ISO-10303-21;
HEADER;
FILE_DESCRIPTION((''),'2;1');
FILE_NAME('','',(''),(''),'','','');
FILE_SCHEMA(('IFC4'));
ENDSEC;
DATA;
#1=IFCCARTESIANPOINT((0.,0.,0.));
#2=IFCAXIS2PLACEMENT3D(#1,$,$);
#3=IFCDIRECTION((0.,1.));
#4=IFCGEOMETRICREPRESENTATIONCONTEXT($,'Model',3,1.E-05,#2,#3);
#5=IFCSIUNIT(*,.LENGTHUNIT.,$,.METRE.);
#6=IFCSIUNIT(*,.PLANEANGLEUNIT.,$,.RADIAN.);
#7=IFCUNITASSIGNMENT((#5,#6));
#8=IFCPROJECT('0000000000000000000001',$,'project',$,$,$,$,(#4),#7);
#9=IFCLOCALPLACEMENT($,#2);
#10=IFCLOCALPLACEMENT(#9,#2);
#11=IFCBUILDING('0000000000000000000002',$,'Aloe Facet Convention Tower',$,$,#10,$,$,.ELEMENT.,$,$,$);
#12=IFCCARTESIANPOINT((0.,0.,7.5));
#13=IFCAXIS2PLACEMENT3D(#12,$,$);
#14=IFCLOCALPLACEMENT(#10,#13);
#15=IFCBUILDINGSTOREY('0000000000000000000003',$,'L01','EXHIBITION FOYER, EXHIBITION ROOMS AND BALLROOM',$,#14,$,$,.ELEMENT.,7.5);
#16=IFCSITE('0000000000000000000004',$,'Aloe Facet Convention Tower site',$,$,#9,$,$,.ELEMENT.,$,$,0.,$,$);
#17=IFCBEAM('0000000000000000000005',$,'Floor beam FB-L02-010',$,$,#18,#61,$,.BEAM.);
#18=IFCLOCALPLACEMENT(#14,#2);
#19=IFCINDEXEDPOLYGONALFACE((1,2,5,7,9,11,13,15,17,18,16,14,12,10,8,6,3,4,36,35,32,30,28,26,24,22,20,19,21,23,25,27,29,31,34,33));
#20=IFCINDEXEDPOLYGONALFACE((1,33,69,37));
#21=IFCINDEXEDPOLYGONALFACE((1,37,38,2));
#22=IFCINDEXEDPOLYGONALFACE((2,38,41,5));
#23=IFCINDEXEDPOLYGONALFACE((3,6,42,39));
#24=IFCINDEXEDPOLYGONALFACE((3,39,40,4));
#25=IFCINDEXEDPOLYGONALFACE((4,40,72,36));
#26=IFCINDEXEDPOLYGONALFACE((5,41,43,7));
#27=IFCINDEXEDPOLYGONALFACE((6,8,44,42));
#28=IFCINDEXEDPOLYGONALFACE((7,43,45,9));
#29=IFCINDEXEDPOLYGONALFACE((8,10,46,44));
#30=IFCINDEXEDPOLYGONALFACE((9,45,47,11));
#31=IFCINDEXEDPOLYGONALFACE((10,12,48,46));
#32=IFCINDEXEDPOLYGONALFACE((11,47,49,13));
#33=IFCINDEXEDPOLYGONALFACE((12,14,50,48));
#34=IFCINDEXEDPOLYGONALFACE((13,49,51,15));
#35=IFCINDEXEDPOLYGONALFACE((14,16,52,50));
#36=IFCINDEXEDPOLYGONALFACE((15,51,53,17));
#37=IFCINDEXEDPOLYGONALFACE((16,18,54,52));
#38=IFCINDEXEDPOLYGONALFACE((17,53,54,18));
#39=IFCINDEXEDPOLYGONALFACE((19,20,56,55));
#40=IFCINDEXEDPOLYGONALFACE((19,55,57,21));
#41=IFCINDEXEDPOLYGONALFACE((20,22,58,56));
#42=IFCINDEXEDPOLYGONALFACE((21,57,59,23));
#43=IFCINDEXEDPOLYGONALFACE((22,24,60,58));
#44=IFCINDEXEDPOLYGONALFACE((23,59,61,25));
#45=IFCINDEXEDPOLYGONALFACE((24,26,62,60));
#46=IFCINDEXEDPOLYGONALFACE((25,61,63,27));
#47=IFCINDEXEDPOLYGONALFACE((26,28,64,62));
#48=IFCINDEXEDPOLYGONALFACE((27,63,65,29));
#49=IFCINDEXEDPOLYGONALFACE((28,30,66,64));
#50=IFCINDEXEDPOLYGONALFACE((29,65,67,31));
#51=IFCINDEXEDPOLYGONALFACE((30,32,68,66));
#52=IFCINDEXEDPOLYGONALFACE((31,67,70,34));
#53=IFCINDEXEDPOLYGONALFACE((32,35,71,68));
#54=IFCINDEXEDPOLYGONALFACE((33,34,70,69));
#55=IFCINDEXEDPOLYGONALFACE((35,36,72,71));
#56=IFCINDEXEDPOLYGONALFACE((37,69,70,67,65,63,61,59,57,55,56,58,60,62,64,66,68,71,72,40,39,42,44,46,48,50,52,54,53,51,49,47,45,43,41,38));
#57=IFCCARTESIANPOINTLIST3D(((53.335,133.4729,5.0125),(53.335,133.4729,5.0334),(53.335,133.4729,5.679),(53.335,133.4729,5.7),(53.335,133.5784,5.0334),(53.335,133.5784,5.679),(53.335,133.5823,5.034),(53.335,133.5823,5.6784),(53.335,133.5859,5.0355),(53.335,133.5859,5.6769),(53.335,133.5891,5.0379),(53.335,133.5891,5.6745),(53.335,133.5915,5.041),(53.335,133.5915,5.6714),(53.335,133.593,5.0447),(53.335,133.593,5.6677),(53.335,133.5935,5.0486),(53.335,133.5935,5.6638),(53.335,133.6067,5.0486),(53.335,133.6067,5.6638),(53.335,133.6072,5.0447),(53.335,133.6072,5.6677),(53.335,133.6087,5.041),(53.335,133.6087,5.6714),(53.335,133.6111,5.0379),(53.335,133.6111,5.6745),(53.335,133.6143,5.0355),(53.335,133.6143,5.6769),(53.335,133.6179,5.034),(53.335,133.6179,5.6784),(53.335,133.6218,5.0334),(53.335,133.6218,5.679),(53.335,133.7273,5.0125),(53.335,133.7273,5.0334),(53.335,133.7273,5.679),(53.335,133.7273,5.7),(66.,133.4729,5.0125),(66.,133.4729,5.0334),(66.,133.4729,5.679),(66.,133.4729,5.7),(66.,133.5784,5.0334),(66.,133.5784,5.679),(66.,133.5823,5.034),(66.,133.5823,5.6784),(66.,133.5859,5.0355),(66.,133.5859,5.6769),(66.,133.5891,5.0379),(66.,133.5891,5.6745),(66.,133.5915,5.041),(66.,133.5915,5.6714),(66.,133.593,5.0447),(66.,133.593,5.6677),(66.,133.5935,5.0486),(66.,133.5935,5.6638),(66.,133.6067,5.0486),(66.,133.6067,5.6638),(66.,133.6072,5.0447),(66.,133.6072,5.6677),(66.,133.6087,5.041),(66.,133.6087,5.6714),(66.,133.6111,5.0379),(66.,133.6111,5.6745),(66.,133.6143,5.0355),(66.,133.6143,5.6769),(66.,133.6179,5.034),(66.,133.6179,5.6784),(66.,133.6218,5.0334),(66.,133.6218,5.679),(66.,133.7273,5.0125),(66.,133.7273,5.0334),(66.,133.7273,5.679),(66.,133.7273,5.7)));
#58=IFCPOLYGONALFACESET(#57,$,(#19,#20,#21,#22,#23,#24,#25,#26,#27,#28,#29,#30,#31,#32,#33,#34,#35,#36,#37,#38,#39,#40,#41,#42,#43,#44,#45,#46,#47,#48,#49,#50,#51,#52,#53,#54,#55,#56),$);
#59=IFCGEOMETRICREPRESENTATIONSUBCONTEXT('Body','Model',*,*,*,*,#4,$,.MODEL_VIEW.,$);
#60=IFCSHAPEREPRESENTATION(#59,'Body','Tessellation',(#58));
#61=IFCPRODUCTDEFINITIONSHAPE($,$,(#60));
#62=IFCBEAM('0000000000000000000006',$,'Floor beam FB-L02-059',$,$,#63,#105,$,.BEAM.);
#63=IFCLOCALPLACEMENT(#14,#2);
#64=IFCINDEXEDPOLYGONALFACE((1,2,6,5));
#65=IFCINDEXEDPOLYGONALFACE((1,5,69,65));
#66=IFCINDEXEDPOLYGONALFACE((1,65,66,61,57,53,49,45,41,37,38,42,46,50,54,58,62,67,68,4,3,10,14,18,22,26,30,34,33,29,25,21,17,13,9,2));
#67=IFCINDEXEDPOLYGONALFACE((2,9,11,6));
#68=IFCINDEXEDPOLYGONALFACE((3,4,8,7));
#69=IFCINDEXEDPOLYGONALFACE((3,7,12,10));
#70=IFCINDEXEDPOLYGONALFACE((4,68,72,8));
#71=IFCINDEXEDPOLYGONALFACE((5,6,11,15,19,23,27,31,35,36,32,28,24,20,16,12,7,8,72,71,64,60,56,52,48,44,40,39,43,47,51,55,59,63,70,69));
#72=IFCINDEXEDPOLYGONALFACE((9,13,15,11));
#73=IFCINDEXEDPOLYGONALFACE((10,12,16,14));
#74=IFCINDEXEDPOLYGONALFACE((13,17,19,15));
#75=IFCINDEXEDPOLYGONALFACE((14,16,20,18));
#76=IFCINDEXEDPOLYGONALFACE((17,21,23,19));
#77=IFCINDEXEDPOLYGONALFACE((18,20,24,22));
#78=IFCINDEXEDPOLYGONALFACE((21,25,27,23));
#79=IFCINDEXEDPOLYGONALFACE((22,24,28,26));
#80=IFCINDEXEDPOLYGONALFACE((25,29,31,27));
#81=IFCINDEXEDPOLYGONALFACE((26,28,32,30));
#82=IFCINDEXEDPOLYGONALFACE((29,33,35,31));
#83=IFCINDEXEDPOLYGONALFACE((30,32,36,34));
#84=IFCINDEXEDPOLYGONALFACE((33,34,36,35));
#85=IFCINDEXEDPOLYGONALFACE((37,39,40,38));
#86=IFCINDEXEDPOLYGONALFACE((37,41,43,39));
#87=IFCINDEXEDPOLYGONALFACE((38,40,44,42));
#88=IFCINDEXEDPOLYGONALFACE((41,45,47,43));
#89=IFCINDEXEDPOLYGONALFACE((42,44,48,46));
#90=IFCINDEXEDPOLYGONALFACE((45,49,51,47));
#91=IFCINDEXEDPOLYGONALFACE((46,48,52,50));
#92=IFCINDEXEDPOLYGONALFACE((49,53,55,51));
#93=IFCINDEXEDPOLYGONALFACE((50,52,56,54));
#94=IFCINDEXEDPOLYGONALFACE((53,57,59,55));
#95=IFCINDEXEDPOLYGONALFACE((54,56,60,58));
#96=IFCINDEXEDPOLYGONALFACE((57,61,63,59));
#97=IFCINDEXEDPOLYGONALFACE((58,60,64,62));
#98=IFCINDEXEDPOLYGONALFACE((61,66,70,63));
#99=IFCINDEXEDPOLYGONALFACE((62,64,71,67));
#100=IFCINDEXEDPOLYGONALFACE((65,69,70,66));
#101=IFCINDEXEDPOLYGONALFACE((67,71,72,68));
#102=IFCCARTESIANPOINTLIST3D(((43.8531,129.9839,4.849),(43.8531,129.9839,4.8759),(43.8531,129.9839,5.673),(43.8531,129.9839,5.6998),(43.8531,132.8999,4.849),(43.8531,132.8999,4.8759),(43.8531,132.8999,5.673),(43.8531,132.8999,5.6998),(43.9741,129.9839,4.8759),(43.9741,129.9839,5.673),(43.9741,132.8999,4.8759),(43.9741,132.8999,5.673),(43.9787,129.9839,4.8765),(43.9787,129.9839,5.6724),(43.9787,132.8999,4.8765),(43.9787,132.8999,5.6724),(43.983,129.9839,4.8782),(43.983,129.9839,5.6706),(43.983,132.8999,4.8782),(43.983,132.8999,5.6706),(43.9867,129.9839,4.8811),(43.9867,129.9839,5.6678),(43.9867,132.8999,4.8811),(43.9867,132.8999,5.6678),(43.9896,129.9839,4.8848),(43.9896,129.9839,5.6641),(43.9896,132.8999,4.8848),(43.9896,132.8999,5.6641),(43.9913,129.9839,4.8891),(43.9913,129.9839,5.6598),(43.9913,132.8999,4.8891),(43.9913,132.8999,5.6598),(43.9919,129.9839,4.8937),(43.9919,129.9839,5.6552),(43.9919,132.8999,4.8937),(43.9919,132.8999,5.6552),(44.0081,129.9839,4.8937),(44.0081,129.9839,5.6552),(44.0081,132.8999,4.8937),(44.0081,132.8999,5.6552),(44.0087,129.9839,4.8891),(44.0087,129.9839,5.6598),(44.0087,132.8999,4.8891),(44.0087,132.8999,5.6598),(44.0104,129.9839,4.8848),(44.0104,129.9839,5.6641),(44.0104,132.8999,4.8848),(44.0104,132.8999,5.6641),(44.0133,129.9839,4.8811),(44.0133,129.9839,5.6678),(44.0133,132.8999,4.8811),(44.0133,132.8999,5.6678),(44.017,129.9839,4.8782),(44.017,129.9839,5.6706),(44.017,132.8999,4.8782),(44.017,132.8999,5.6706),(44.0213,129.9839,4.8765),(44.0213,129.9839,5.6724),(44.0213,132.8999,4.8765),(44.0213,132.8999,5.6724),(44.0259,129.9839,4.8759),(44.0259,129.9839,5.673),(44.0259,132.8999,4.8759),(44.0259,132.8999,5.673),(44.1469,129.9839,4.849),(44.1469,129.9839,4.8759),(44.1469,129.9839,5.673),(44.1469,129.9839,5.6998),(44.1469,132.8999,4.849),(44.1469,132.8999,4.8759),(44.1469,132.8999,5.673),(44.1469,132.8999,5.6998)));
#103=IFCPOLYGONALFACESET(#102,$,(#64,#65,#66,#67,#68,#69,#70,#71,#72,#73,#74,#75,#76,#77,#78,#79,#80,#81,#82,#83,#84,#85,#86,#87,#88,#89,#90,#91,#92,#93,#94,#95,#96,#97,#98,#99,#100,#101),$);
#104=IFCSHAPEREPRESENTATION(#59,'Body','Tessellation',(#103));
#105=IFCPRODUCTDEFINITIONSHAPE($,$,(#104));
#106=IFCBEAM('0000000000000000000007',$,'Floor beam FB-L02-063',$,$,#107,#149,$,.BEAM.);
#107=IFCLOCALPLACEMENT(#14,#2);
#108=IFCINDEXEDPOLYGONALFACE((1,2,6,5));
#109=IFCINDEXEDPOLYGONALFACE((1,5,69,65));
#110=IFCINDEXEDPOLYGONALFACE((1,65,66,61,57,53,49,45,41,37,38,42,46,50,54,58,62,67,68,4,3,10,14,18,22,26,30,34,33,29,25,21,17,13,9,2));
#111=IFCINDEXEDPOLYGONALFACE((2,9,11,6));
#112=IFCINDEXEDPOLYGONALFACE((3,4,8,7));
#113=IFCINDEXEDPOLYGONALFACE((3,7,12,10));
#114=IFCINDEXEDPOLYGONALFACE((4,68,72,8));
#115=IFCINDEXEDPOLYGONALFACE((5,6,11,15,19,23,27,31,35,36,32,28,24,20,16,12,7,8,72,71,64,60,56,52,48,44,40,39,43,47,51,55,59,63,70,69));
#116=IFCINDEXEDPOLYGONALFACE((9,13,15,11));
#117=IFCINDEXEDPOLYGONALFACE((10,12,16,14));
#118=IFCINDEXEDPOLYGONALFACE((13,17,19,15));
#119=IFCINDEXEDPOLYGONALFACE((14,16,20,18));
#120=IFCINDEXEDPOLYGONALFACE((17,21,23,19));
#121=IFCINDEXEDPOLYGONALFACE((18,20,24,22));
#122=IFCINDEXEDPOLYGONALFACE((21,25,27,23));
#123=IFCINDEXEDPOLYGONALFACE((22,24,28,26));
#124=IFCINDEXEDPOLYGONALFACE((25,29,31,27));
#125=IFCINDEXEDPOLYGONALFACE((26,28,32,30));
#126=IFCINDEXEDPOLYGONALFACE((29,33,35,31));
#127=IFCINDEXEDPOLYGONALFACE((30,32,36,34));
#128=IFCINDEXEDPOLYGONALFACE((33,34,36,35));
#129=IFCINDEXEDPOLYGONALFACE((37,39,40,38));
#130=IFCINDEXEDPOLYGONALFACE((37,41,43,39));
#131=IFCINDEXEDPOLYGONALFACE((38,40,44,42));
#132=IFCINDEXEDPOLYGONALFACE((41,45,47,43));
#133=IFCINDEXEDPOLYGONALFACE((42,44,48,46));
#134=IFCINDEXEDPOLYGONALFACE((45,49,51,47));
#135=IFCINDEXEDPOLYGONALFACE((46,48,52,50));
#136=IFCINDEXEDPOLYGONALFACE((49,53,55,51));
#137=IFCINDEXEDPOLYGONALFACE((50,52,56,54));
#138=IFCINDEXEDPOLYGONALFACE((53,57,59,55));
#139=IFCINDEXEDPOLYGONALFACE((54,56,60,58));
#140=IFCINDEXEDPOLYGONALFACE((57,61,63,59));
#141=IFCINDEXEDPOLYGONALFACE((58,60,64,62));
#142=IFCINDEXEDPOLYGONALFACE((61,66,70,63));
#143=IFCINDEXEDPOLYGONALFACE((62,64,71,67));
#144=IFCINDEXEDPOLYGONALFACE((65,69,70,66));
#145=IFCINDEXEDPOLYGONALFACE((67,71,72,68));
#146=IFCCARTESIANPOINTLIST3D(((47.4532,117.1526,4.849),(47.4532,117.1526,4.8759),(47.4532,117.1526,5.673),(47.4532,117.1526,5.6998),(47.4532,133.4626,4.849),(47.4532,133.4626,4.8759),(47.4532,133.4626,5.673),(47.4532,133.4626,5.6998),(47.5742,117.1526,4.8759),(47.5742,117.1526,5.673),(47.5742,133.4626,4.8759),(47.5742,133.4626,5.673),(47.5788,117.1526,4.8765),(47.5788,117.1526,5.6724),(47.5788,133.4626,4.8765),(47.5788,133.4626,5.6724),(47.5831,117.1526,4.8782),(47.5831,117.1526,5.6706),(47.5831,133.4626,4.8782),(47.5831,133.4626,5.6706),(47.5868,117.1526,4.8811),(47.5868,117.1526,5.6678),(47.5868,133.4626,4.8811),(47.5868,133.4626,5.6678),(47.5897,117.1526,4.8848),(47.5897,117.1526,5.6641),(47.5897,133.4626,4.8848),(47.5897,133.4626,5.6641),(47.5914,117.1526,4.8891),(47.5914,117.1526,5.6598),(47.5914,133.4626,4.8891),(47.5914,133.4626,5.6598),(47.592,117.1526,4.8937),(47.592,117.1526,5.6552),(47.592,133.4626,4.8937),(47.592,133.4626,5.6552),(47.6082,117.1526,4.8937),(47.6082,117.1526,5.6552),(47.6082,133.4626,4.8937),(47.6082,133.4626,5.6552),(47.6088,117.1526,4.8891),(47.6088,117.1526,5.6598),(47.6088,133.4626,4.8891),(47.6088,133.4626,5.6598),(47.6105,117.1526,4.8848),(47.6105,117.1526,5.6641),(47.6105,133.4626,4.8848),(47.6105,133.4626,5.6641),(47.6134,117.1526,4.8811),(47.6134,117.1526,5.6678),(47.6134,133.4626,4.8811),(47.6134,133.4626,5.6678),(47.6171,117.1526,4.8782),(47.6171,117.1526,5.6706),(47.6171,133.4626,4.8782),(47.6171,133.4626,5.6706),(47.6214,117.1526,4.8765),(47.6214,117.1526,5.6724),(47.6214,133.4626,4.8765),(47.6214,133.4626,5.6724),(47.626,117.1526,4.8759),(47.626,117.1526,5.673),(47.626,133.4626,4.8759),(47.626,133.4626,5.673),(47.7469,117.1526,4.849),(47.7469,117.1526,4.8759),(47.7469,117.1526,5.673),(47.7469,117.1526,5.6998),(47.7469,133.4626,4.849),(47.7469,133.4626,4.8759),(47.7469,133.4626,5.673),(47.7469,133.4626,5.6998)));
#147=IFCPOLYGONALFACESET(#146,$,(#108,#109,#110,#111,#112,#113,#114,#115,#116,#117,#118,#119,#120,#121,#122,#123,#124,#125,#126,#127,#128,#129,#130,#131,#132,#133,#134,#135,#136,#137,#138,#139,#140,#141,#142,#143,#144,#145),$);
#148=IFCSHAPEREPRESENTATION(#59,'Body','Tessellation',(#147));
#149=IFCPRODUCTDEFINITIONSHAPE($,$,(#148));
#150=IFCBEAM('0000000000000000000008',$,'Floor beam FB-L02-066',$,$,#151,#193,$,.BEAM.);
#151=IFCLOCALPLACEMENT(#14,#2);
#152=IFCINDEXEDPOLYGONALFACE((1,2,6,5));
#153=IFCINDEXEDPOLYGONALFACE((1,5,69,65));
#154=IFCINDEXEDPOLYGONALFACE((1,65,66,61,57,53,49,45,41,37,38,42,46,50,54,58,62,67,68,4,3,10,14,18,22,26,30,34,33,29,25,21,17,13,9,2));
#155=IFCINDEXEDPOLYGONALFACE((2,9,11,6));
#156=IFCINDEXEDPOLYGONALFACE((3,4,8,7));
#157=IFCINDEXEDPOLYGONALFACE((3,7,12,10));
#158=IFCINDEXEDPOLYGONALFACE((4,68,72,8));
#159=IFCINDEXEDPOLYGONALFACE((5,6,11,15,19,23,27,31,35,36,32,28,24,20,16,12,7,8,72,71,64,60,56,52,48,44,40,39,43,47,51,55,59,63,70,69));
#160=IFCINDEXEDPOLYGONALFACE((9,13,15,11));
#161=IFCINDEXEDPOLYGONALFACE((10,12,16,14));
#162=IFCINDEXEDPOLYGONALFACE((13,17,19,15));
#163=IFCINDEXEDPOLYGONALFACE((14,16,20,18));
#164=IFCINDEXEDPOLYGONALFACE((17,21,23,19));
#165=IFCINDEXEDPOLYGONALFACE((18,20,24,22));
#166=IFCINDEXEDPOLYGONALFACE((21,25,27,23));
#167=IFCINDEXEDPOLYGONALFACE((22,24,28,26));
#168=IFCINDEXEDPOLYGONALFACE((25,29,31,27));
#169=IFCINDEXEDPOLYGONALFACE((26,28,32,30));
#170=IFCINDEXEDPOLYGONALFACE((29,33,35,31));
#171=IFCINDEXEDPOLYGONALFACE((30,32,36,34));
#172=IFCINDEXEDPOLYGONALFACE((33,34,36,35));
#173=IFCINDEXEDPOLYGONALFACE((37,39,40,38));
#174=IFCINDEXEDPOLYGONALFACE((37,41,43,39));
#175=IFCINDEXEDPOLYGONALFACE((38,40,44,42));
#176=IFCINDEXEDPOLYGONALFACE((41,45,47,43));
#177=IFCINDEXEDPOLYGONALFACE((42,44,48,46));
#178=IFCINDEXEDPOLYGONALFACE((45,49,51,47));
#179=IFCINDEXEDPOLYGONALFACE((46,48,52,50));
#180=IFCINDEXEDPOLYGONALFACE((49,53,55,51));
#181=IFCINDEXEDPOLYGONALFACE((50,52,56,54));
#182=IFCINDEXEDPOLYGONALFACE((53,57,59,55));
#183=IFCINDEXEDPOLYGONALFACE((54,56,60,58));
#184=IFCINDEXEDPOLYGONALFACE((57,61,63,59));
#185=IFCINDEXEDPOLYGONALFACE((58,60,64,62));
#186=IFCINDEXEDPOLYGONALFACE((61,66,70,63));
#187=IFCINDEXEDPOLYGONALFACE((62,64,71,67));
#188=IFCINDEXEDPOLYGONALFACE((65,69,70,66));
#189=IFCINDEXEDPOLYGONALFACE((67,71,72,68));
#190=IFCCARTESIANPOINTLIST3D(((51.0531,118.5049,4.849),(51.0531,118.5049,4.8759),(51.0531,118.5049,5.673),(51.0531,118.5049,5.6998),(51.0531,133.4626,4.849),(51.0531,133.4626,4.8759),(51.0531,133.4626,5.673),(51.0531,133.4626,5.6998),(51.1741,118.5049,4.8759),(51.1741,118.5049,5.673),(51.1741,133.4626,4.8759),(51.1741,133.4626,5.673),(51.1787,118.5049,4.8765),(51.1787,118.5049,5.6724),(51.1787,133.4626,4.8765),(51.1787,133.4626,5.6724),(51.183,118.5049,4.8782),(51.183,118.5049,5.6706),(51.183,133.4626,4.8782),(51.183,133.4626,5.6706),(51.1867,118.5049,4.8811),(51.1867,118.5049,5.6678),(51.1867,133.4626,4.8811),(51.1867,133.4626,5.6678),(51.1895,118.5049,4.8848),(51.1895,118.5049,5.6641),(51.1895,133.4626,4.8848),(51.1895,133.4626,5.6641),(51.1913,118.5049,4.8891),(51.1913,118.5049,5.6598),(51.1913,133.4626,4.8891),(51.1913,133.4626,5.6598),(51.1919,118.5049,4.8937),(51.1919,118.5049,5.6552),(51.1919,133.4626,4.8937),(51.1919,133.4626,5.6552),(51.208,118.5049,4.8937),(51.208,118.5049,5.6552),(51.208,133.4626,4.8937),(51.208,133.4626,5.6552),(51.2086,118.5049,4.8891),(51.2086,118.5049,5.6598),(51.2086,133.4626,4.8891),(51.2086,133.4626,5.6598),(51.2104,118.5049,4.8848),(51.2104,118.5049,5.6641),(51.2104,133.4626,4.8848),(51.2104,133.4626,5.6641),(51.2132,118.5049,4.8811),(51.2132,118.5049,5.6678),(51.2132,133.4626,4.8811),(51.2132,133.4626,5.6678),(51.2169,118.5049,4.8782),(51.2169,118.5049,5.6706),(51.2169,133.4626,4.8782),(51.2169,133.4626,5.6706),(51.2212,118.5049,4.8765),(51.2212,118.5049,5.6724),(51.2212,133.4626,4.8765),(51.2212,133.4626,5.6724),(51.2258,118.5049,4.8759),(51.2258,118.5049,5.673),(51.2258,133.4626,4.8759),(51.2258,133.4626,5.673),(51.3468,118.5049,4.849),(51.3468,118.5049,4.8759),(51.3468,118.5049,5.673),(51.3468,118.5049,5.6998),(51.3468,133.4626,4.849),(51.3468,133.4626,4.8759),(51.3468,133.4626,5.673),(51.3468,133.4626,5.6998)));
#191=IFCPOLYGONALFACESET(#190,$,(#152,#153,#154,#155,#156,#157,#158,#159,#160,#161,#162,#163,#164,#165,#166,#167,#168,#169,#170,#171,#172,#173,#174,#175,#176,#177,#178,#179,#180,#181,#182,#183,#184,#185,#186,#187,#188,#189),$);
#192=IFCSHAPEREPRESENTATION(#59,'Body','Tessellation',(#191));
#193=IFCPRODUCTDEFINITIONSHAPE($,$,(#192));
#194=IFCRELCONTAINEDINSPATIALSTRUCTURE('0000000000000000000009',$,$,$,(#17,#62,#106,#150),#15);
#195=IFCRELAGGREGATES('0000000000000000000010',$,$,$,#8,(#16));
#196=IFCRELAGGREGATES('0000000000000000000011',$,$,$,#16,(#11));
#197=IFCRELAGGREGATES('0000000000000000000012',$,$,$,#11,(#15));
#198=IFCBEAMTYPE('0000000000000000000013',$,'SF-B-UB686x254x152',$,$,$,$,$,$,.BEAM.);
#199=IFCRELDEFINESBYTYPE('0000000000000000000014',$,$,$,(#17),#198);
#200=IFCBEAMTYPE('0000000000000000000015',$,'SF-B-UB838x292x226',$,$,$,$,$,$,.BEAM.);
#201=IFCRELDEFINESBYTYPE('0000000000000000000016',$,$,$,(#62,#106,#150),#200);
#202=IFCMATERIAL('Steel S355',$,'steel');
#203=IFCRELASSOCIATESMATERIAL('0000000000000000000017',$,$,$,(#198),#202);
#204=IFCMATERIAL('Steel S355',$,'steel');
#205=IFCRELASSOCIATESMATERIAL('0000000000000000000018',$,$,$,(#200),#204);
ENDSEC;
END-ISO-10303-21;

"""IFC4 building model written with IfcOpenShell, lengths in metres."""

from ifc_helpers import new_model, si_unit, direction, frame, origin, origin_2d, place, context, subcontext, project, spatial, i_section, extrude, material, material_profile, profile_set, type_object, element, save


model = new_model("IFC4")

# Units and contexts
model_context = context("Model", 3, precision=1e-05, world=origin(), true_north=direction((0.0, 1.0)))
body_context = subcontext(model_context, "Body", "Model", "MODEL_VIEW")
ifc_project = project(units=[si_unit("LENGTHUNIT", "METRE"), si_unit("PLANEANGLEUNIT", "RADIAN")], contexts=[model_context])

# Site, building, storey
site_placement = place(None, origin())
site = spatial("IfcSite", under=ifc_project, at=site_placement, Name="Aloe Facet Convention Tower site", CompositionType="ELEMENT", RefElevation=0.0)
building_placement = place(site_placement, origin())
building = spatial("IfcBuilding", under=site, at=building_placement, Name="Aloe Facet Convention Tower", CompositionType="ELEMENT")
storey_placement = place(building_placement, frame((0.0, 0.0, 7.5)))
storey = spatial("IfcBuildingStorey", under=building, at=storey_placement, Name="L01", Description="EXHIBITION FOYER, EXHIBITION ROOMS AND BALLROOM", CompositionType="ELEMENT", Elevation=7.5)

# Beams
ifc_material_1 = material(Name="Steel S355", Category="steel")
ifc_material_profile_1 = material_profile(ifc_material_1, i_section(OverallWidth=0.2544, OverallDepth=0.6875, WebThickness=0.0132, FlangeThickness=0.021, FilletRadius=0.0151, at=origin_2d()), Name="UB 686x254x152")
ifc_profile_set_1 = profile_set([ifc_material_profile_1], Name="Steel S355")
beam_type_1 = type_object("IfcBeamType", Name="SF-B-UB686x254x152", PredefinedType="BEAM", material=ifc_profile_set_1)
beam_1_placement = place(storey_placement, frame((53.335, 133.6001, 5.3562), z_axis=(1.0, 0.0, 0.0), x_axis=(0.0, 1.0, 0.0)))
element("IfcBeam", 1, at=beam_1_placement, inside=storey, type_object=beam_type_1, Name="Floor beam FB-L02-010", PredefinedType="BEAM", context=body_context, shape_type="SweptSolid", body=[
    extrude(i_section(OverallWidth=0.2544, OverallDepth=0.6875, WebThickness=0.0132, FlangeThickness=0.021, FilletRadius=0.0151, at=origin_2d()), origin(), (0.0, 0.0, 1.0), 12.665),
])
ifc_material_2 = material(Name="Steel S355", Category="steel")
ifc_material_profile_2 = material_profile(ifc_material_2, i_section(OverallWidth=0.2937, OverallDepth=0.8508, WebThickness=0.0161, FlangeThickness=0.0269, FilletRadius=0.0178, at=origin_2d()), Name="UB 838x292x226")
ifc_profile_set_2 = profile_set([ifc_material_profile_2], Name="Steel S355")
beam_type_2 = type_object("IfcBeamType", Name="SF-B-UB838x292x226", PredefinedType="BEAM", material=ifc_profile_set_2)
beam_2_placement = place(storey_placement, frame((44.0, 129.9839, 5.2744), z_axis=(0.0, 1.0, 0.0), x_axis=(-1.0, 0.0, 0.0)))
element("IfcBeam", 2, at=beam_2_placement, inside=storey, type_object=beam_type_2, Name="Floor beam FB-L02-059", PredefinedType="BEAM", context=body_context, shape_type="SweptSolid", body=[
    extrude(i_section(OverallWidth=0.2937, OverallDepth=0.8508, WebThickness=0.0161, FlangeThickness=0.0269, FilletRadius=0.0178, at=origin_2d()), origin(), (0.0, 0.0, 1.0), 2.916),
])
beam_3_placement = place(storey_placement, frame((47.6001, 117.1526, 5.2744), z_axis=(0.0, 1.0, 0.0), x_axis=(-1.0, 0.0, 0.0)))
element("IfcBeam", 3, at=beam_3_placement, inside=storey, type_object=beam_type_2, Name="Floor beam FB-L02-063", PredefinedType="BEAM", context=body_context, shape_type="SweptSolid", body=[
    extrude(i_section(OverallWidth=0.2937, OverallDepth=0.8508, WebThickness=0.0161, FlangeThickness=0.0269, FilletRadius=0.0178, at=origin_2d()), origin(), (0.0, 0.0, 1.0), 16.3101),
])
beam_4_placement = place(storey_placement, frame((51.2, 118.5049, 5.2744), z_axis=(0.0, 1.0, 0.0), x_axis=(-1.0, 0.0, 0.0)))
element("IfcBeam", 4, at=beam_4_placement, inside=storey, type_object=beam_type_2, Name="Floor beam FB-L02-066", PredefinedType="BEAM", context=body_context, shape_type="SweptSolid", body=[
    extrude(i_section(OverallWidth=0.2937, OverallDepth=0.8508, WebThickness=0.0161, FlangeThickness=0.0269, FilletRadius=0.0178, at=origin_2d()), origin(), (0.0, 0.0, 1.0), 14.9578),
])

save(model, "model.ifc")
